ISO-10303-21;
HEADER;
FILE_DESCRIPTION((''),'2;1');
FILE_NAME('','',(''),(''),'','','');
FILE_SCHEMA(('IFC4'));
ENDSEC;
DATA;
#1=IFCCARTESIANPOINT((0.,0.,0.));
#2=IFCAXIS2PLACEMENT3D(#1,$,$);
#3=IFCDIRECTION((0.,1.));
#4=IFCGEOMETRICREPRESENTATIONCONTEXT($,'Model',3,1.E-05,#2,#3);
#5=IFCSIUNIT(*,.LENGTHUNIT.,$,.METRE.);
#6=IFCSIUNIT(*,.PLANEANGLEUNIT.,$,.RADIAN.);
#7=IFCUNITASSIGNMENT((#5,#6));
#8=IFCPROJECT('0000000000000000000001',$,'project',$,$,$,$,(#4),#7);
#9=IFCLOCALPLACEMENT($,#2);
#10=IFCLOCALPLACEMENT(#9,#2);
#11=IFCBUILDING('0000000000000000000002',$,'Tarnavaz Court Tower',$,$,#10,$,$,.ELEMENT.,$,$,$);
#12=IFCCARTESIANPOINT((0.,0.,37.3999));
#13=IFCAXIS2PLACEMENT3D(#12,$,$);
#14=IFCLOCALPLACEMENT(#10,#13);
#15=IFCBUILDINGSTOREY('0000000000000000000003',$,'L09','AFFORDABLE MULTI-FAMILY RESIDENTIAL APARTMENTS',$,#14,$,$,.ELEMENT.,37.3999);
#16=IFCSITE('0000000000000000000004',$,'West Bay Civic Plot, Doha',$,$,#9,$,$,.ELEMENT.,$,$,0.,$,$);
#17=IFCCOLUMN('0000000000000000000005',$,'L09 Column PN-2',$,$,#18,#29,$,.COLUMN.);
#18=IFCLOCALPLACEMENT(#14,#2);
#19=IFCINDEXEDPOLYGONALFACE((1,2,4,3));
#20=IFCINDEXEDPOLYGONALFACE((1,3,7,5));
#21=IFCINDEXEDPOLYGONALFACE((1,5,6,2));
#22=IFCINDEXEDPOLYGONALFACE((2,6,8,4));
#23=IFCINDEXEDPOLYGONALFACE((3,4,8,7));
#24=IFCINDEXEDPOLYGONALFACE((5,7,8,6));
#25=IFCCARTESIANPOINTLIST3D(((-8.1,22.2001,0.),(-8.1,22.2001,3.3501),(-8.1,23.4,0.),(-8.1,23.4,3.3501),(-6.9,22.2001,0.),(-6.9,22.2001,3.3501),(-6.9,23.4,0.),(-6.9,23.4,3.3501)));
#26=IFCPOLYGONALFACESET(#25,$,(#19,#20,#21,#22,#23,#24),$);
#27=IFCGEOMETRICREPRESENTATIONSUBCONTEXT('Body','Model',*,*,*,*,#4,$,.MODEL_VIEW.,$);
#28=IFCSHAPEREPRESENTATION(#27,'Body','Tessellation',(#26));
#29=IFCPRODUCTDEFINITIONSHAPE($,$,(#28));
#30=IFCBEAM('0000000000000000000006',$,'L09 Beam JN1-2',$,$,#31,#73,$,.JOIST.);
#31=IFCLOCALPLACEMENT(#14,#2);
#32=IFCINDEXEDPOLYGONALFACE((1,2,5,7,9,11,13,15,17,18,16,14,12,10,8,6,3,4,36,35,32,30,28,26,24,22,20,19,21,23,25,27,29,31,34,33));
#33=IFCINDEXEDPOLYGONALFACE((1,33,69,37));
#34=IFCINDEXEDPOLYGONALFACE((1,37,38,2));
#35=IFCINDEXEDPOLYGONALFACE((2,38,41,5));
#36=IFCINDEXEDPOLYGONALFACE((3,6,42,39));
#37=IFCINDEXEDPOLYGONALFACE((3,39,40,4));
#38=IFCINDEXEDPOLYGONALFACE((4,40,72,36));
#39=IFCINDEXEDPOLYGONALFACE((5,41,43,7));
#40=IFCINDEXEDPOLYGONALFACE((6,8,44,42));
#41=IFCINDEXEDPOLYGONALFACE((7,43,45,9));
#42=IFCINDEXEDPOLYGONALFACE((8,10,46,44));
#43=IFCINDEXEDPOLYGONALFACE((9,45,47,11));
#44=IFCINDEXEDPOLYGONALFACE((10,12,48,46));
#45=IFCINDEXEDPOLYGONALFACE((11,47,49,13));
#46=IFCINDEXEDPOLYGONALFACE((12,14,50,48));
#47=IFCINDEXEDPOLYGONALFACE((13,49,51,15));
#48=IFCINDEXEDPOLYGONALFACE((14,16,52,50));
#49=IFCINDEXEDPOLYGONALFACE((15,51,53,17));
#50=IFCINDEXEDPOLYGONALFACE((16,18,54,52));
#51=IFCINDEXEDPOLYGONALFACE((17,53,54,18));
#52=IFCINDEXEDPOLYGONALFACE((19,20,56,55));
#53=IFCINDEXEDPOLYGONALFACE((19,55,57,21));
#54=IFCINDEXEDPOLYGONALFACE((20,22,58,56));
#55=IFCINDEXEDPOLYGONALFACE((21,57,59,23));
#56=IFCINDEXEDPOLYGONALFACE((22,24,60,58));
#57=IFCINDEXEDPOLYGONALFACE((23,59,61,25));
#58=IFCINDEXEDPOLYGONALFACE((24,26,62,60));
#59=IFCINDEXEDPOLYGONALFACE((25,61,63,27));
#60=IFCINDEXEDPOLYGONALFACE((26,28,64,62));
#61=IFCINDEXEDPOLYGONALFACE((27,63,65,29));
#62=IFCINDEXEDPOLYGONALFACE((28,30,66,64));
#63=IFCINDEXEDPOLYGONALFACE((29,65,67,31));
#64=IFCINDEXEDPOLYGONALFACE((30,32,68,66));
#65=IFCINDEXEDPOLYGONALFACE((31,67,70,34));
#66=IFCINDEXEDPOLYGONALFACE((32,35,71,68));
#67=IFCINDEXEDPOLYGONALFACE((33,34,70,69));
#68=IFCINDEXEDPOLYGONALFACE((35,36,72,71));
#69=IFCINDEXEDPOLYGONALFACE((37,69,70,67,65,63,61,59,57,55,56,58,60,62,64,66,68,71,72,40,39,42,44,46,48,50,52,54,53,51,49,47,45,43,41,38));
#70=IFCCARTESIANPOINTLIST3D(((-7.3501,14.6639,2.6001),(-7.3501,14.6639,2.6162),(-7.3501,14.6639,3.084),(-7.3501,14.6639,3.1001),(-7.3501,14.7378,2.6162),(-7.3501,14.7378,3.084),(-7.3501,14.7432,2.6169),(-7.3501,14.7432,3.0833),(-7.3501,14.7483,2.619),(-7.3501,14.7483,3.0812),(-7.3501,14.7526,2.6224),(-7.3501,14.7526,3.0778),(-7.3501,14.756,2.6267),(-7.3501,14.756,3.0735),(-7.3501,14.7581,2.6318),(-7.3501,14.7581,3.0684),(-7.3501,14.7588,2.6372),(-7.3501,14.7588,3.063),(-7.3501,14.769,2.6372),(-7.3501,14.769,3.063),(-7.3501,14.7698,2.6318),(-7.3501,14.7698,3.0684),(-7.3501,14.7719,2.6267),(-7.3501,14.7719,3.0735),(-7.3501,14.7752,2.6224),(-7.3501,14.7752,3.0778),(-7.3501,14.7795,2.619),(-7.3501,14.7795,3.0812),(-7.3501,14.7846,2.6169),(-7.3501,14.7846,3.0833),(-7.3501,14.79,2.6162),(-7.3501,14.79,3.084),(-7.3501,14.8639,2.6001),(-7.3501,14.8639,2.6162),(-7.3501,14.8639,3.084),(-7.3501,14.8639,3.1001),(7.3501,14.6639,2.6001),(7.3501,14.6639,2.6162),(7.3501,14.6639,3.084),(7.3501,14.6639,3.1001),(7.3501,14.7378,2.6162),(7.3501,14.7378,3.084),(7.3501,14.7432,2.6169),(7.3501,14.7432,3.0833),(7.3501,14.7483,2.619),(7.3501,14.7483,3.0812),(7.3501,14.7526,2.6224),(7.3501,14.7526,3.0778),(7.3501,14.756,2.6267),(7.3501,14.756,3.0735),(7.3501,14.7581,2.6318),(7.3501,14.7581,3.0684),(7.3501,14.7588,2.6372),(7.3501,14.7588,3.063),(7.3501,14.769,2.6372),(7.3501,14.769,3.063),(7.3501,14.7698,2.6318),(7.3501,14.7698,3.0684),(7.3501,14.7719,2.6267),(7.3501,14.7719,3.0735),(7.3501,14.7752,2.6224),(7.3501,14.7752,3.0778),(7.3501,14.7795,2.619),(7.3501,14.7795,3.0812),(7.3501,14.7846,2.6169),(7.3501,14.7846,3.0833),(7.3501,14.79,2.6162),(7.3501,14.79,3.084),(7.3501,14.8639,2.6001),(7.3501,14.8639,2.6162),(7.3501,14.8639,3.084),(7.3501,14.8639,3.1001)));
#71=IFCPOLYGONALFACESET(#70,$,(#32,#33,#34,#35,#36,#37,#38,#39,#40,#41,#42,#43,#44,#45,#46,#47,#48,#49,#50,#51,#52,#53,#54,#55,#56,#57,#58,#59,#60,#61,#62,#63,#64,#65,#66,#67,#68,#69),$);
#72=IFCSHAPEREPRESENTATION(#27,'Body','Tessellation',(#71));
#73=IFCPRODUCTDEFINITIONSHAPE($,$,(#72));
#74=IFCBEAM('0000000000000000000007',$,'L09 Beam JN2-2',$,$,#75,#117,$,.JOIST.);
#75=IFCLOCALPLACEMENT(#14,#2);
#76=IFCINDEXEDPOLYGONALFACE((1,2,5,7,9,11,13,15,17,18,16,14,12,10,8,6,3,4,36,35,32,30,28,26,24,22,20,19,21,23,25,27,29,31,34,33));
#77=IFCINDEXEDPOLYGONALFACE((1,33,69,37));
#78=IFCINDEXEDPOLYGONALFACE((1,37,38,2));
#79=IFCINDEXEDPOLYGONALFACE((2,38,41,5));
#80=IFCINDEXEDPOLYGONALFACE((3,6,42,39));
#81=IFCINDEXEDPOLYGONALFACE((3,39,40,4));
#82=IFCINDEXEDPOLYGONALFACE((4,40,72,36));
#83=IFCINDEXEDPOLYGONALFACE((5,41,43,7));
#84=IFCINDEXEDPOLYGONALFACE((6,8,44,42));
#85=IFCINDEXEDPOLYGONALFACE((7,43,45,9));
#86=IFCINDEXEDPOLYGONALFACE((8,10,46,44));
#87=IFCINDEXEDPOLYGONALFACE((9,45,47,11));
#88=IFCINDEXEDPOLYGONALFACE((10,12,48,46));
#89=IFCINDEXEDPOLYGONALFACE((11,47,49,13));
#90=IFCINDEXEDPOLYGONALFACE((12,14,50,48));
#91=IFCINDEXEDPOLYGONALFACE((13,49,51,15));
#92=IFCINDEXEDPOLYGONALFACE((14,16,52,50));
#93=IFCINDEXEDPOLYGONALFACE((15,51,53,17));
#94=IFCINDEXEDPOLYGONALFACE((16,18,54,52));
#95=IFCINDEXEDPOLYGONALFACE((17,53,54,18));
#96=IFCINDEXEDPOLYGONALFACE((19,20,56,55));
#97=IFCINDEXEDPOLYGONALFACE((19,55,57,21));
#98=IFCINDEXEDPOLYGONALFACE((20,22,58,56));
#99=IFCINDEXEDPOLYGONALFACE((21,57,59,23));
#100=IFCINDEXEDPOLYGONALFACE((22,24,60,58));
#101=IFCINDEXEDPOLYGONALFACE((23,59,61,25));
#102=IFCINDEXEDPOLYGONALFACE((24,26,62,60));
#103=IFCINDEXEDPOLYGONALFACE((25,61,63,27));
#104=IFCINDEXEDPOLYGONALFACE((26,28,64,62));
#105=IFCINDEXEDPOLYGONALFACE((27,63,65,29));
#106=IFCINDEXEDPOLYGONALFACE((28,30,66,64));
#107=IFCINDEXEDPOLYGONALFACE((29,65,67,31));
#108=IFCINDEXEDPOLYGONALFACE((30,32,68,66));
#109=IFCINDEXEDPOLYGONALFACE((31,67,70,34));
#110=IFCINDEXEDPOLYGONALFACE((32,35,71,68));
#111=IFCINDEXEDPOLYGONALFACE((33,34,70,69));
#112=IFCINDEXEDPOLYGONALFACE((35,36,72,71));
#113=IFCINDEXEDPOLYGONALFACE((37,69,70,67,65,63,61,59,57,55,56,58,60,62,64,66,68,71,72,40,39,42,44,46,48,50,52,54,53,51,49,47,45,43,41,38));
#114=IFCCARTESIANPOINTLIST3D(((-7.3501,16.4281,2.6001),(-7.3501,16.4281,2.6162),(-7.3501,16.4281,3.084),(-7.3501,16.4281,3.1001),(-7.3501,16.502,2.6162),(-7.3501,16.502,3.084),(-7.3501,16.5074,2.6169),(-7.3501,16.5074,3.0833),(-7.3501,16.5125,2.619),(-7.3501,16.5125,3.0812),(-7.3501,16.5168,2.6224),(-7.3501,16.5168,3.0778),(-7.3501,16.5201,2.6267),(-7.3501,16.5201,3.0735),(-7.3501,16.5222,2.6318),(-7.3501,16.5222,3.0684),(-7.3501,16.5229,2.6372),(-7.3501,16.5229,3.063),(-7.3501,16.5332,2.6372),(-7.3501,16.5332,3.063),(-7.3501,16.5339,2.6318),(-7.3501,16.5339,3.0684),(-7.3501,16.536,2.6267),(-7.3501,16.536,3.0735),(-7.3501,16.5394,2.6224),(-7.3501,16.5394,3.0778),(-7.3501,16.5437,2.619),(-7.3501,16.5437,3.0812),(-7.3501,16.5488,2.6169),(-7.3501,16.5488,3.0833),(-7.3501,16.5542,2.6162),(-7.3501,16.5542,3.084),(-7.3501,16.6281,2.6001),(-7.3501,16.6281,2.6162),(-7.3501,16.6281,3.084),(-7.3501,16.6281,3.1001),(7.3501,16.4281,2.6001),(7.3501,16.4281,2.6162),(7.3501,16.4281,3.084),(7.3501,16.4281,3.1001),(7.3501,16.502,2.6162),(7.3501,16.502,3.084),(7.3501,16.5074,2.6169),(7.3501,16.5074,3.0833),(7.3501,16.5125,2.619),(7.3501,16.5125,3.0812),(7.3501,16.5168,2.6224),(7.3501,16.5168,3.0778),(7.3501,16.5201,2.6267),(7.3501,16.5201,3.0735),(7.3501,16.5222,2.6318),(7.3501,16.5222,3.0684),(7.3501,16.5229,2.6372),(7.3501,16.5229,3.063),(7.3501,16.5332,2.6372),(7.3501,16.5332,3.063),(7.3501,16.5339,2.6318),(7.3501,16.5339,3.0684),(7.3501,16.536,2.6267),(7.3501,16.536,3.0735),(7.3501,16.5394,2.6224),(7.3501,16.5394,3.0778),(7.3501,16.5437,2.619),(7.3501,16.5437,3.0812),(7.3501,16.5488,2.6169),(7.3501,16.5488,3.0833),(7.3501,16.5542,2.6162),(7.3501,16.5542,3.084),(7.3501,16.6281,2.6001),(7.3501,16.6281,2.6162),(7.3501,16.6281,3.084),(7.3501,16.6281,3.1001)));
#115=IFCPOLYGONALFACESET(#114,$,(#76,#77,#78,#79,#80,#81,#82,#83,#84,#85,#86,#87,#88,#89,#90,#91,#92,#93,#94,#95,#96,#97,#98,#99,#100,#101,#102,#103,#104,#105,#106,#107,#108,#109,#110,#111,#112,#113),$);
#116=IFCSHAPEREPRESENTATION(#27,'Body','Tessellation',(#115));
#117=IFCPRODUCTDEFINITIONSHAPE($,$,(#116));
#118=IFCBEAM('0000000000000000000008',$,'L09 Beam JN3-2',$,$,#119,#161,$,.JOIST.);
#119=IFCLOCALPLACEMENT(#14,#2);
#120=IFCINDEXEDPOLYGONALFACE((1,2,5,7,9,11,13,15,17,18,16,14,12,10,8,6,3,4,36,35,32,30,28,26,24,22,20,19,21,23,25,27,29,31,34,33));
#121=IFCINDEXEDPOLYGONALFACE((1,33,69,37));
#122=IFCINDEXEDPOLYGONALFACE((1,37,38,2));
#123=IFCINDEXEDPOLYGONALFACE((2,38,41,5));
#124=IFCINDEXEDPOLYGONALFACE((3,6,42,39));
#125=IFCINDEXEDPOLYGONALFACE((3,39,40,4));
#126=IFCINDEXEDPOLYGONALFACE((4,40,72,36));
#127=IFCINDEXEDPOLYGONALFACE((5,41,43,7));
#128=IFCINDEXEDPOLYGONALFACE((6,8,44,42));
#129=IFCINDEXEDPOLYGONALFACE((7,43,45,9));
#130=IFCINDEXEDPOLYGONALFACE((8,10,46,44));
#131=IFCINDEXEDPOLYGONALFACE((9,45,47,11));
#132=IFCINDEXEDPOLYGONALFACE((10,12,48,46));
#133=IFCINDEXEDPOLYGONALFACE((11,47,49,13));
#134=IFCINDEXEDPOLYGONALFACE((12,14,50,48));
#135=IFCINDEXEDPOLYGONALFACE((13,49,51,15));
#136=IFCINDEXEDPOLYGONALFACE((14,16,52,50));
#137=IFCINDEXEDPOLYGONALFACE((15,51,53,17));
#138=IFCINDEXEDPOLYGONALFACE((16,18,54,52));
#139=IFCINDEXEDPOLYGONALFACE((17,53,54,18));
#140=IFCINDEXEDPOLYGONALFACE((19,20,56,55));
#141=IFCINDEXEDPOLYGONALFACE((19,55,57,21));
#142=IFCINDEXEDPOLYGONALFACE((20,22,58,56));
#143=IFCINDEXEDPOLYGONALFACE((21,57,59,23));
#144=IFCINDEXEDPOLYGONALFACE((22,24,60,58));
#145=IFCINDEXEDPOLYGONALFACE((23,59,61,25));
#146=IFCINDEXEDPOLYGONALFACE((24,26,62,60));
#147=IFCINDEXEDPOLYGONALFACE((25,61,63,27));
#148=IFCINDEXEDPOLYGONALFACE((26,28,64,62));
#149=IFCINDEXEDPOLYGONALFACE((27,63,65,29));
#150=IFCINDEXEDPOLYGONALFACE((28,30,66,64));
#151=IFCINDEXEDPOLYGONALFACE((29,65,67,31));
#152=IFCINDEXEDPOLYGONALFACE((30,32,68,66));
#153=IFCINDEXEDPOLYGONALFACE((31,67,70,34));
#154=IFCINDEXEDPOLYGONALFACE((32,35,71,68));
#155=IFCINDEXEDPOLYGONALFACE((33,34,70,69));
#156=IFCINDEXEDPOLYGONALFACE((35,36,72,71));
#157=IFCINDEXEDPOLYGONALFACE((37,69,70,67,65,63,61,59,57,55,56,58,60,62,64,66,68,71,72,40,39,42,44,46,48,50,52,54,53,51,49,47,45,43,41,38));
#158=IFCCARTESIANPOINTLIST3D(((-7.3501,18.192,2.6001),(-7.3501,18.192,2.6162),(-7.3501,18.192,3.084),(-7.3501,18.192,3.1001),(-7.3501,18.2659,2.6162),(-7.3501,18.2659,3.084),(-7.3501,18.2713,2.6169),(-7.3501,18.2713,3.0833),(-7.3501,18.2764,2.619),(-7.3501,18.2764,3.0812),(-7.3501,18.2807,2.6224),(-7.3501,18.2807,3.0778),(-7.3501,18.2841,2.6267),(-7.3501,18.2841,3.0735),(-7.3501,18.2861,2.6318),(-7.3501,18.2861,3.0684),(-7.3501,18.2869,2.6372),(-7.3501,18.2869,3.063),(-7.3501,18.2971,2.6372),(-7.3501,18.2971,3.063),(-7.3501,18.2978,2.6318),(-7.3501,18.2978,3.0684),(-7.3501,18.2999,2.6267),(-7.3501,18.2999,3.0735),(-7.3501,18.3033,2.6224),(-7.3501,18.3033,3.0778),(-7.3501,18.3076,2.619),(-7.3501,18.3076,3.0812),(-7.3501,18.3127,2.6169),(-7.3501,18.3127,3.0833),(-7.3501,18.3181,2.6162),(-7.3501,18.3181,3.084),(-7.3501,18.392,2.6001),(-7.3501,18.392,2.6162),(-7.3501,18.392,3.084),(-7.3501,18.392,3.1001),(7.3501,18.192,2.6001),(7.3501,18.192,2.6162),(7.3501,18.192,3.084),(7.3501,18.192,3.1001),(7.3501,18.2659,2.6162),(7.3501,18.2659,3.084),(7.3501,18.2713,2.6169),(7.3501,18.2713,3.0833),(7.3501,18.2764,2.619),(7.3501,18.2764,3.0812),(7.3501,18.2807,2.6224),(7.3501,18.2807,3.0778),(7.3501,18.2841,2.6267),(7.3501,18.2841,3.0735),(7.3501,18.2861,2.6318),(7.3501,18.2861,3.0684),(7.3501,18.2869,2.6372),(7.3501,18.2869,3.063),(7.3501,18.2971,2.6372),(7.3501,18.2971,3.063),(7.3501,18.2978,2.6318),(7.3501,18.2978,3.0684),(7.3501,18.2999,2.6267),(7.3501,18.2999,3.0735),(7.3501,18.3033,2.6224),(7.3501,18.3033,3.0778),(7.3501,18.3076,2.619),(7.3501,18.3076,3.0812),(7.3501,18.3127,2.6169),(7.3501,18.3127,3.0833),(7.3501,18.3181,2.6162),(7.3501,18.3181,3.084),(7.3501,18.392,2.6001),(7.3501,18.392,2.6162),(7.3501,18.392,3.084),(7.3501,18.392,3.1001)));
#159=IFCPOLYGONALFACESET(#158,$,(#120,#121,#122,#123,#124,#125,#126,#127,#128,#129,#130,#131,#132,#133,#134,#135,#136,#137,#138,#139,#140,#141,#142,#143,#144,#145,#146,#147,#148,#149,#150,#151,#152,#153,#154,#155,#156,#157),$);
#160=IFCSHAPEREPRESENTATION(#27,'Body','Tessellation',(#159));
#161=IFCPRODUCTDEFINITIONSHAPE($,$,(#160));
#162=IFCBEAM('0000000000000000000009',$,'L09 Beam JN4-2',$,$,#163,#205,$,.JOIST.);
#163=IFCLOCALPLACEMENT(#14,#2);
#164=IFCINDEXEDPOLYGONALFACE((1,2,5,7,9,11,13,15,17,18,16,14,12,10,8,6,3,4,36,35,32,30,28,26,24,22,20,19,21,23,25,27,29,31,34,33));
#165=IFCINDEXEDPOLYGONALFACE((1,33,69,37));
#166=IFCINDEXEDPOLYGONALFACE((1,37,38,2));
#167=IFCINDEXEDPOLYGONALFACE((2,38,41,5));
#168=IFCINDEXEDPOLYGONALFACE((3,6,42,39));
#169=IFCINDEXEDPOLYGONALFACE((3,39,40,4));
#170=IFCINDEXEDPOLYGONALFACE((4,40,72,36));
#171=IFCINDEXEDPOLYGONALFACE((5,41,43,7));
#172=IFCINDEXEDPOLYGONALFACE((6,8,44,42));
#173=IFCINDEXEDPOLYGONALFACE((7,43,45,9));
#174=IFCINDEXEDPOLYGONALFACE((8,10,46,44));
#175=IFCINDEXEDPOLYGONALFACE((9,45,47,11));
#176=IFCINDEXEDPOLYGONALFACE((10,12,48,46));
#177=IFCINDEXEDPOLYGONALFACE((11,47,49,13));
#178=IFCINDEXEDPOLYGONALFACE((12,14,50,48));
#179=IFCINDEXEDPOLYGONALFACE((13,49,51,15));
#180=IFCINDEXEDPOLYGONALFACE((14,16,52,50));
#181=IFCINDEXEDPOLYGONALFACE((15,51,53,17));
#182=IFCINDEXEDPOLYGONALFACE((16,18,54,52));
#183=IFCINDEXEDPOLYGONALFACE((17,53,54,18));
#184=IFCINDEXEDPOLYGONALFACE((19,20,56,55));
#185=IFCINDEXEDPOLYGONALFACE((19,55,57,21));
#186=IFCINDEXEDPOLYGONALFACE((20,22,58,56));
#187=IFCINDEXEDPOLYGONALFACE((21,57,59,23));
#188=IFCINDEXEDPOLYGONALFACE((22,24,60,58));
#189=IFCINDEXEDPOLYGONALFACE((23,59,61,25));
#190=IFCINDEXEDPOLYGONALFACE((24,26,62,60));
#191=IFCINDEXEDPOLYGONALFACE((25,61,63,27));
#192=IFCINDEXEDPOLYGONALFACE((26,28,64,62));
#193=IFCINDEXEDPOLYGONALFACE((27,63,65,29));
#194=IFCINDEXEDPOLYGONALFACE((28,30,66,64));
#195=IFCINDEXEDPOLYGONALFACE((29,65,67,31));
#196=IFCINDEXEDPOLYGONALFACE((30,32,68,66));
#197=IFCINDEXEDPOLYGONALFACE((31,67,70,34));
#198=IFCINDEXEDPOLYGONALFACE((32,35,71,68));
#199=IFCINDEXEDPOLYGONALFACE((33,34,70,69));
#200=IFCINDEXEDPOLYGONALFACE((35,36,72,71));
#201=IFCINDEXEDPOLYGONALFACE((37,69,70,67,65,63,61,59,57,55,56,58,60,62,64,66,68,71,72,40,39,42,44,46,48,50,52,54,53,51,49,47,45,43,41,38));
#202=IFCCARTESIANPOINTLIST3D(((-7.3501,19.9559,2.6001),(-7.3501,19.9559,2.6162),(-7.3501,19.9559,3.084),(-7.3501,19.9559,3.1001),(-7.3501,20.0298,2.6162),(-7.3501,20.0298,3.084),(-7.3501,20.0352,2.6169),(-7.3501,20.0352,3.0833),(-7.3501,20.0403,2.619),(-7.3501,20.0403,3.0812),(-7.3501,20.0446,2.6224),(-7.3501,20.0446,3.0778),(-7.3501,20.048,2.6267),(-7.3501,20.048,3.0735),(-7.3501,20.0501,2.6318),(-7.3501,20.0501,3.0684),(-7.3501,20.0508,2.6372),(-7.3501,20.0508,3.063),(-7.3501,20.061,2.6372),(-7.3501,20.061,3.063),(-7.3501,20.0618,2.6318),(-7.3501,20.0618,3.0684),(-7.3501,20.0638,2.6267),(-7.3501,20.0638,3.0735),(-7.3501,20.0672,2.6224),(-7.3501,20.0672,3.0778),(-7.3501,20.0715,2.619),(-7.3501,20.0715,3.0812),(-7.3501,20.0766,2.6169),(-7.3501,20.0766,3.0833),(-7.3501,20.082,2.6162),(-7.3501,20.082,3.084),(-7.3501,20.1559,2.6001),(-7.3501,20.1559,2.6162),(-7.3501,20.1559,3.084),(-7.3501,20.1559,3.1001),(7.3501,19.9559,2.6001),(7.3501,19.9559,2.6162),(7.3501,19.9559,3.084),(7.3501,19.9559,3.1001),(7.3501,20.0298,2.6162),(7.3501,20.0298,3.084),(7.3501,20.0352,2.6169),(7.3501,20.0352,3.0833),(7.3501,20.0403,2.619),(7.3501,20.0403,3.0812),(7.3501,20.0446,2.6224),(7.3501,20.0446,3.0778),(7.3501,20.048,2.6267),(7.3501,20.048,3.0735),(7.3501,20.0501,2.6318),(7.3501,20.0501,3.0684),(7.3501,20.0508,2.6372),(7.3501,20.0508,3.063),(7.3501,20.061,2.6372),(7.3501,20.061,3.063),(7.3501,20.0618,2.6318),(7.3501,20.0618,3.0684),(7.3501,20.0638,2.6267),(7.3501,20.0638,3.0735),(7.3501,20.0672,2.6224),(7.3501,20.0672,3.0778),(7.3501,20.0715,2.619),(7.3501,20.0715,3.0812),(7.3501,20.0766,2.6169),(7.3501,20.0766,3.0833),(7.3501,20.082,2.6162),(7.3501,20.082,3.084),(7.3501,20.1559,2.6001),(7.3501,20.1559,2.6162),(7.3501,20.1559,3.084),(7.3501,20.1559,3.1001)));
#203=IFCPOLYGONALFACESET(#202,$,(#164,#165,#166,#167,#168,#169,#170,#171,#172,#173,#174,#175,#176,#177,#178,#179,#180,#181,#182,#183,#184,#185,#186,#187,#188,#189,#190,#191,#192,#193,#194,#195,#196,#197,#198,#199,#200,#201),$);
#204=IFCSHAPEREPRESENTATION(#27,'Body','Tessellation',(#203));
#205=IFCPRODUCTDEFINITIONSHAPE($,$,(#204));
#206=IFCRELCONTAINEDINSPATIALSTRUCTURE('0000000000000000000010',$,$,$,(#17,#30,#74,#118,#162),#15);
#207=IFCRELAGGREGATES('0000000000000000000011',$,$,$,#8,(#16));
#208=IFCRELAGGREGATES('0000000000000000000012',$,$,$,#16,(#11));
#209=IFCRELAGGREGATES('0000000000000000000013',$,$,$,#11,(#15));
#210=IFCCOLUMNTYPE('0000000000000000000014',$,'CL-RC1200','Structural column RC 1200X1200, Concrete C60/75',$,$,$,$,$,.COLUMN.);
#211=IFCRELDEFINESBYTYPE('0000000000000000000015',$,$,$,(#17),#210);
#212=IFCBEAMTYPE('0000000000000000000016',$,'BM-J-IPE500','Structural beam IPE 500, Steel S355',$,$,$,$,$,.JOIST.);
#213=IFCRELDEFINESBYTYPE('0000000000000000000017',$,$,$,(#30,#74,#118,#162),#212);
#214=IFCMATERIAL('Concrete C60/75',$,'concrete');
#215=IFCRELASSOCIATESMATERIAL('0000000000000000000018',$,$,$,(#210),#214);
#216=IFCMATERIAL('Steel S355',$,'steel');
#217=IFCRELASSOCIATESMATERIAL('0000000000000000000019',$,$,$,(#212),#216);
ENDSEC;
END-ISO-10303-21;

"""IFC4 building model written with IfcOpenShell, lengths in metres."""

from ifc_helpers import new_model, si_unit, direction, frame, origin, origin_2d, place, context, subcontext, project, spatial, rectangle, i_section, extrude, material, material_profile, profile_set, type_object, element, save


model = new_model("IFC4")

# Units and contexts
model_context = context("Model", 3, precision=1e-05, world=origin(), true_north=direction((0.0, 1.0)))
body_context = subcontext(model_context, "Body", "Model", "MODEL_VIEW")
ifc_project = project(units=[si_unit("LENGTHUNIT", "METRE"), si_unit("PLANEANGLEUNIT", "RADIAN")], contexts=[model_context])

# Site, building, storey
site_placement = place(None, origin())
site = spatial("IfcSite", under=ifc_project, at=site_placement, Name="West Bay Civic Plot, Doha", CompositionType="ELEMENT", RefElevation=0.0)
building_placement = place(site_placement, origin())
building = spatial("IfcBuilding", under=site, at=building_placement, Name="Tarnavaz Court Tower", CompositionType="ELEMENT")
storey_placement = place(building_placement, frame((0.0, 0.0, 37.3999)))
storey = spatial("IfcBuildingStorey", under=building, at=storey_placement, Name="L09", Description="AFFORDABLE MULTI-FAMILY RESIDENTIAL APARTMENTS", CompositionType="ELEMENT", Elevation=37.3999)

# Column
ifc_material_1 = material(Name="Concrete C60/75", Category="concrete")
ifc_material_profile_1 = material_profile(ifc_material_1, rectangle(XDim=1.2, YDim=1.2, at=origin_2d()), Name="RC 1200X1200")
ifc_profile_set_1 = profile_set([ifc_material_profile_1], Name="Concrete C60/75")
column_type = type_object("IfcColumnType", Name="CL-RC1200", Description="Structural column RC 1200X1200, Concrete C60/75", PredefinedType="COLUMN", material=ifc_profile_set_1)
column_placement = place(storey_placement, frame((-7.5, 22.8, 0.0), z_axis=(0.0, 0.0, 1.0), x_axis=(1.0, 0.0, 0.0)))
element("IfcColumn", 1, at=column_placement, inside=storey, type_object=column_type, Name="L09 Column PN-2", PredefinedType="COLUMN", context=body_context, shape_type="SweptSolid", body=[
    extrude(rectangle(XDim=1.2, YDim=1.2, at=origin_2d()), origin(), (0.0, 0.0, 1.0), 3.3501),
])

# Beams
ifc_material_2 = material(Name="Steel S355", Category="steel")
ifc_material_profile_2 = material_profile(ifc_material_2, i_section(OverallWidth=0.2, OverallDepth=0.5, WebThickness=0.0103, FlangeThickness=0.0161, FilletRadius=0.021, at=origin_2d()), Name="IPE 500")
ifc_profile_set_2 = profile_set([ifc_material_profile_2], Name="Steel S355")
beam_type_1 = type_object("IfcBeamType", Name="BM-J-IPE500", Description="Structural beam IPE 500, Steel S355", PredefinedType="JOIST", material=ifc_profile_set_2)
for number, where, z_axis, x_axis, name in (
    (2, (-7.3501, 14.7639, 2.8501), (1.0, 0.0, 0.0), (0.0, 1.0, 0.0), "L09 Beam JN1-2"),
    (3, (-7.3501, 16.5281, 2.8501), (1.0, 0.0, 0.0), (0.0, 1.0, 0.0), "L09 Beam JN2-2"),
    (4, (-7.3501, 18.292, 2.8501), (1.0, 0.0, 0.0), (0.0, 1.0, 0.0), "L09 Beam JN3-2"),
    (5, (-7.3501, 20.0559, 2.8501), (1.0, 0.0, 0.0), (0.0, 1.0, 0.0), "L09 Beam JN4-2"),
):
    element("IfcBeam", number, at=place(storey_placement, frame(where, z_axis=z_axis, x_axis=x_axis)), inside=storey, type_object=beam_type_1, Name=name, PredefinedType="JOIST", context=body_context, shape_type="SweptSolid", body=[
        extrude(i_section(OverallWidth=0.2, OverallDepth=0.5, WebThickness=0.0103, FlangeThickness=0.0161, FilletRadius=0.021, at=origin_2d()), origin(), (0.0, 0.0, 1.0), 14.7002),
    ])

save(model, "model.ifc")
